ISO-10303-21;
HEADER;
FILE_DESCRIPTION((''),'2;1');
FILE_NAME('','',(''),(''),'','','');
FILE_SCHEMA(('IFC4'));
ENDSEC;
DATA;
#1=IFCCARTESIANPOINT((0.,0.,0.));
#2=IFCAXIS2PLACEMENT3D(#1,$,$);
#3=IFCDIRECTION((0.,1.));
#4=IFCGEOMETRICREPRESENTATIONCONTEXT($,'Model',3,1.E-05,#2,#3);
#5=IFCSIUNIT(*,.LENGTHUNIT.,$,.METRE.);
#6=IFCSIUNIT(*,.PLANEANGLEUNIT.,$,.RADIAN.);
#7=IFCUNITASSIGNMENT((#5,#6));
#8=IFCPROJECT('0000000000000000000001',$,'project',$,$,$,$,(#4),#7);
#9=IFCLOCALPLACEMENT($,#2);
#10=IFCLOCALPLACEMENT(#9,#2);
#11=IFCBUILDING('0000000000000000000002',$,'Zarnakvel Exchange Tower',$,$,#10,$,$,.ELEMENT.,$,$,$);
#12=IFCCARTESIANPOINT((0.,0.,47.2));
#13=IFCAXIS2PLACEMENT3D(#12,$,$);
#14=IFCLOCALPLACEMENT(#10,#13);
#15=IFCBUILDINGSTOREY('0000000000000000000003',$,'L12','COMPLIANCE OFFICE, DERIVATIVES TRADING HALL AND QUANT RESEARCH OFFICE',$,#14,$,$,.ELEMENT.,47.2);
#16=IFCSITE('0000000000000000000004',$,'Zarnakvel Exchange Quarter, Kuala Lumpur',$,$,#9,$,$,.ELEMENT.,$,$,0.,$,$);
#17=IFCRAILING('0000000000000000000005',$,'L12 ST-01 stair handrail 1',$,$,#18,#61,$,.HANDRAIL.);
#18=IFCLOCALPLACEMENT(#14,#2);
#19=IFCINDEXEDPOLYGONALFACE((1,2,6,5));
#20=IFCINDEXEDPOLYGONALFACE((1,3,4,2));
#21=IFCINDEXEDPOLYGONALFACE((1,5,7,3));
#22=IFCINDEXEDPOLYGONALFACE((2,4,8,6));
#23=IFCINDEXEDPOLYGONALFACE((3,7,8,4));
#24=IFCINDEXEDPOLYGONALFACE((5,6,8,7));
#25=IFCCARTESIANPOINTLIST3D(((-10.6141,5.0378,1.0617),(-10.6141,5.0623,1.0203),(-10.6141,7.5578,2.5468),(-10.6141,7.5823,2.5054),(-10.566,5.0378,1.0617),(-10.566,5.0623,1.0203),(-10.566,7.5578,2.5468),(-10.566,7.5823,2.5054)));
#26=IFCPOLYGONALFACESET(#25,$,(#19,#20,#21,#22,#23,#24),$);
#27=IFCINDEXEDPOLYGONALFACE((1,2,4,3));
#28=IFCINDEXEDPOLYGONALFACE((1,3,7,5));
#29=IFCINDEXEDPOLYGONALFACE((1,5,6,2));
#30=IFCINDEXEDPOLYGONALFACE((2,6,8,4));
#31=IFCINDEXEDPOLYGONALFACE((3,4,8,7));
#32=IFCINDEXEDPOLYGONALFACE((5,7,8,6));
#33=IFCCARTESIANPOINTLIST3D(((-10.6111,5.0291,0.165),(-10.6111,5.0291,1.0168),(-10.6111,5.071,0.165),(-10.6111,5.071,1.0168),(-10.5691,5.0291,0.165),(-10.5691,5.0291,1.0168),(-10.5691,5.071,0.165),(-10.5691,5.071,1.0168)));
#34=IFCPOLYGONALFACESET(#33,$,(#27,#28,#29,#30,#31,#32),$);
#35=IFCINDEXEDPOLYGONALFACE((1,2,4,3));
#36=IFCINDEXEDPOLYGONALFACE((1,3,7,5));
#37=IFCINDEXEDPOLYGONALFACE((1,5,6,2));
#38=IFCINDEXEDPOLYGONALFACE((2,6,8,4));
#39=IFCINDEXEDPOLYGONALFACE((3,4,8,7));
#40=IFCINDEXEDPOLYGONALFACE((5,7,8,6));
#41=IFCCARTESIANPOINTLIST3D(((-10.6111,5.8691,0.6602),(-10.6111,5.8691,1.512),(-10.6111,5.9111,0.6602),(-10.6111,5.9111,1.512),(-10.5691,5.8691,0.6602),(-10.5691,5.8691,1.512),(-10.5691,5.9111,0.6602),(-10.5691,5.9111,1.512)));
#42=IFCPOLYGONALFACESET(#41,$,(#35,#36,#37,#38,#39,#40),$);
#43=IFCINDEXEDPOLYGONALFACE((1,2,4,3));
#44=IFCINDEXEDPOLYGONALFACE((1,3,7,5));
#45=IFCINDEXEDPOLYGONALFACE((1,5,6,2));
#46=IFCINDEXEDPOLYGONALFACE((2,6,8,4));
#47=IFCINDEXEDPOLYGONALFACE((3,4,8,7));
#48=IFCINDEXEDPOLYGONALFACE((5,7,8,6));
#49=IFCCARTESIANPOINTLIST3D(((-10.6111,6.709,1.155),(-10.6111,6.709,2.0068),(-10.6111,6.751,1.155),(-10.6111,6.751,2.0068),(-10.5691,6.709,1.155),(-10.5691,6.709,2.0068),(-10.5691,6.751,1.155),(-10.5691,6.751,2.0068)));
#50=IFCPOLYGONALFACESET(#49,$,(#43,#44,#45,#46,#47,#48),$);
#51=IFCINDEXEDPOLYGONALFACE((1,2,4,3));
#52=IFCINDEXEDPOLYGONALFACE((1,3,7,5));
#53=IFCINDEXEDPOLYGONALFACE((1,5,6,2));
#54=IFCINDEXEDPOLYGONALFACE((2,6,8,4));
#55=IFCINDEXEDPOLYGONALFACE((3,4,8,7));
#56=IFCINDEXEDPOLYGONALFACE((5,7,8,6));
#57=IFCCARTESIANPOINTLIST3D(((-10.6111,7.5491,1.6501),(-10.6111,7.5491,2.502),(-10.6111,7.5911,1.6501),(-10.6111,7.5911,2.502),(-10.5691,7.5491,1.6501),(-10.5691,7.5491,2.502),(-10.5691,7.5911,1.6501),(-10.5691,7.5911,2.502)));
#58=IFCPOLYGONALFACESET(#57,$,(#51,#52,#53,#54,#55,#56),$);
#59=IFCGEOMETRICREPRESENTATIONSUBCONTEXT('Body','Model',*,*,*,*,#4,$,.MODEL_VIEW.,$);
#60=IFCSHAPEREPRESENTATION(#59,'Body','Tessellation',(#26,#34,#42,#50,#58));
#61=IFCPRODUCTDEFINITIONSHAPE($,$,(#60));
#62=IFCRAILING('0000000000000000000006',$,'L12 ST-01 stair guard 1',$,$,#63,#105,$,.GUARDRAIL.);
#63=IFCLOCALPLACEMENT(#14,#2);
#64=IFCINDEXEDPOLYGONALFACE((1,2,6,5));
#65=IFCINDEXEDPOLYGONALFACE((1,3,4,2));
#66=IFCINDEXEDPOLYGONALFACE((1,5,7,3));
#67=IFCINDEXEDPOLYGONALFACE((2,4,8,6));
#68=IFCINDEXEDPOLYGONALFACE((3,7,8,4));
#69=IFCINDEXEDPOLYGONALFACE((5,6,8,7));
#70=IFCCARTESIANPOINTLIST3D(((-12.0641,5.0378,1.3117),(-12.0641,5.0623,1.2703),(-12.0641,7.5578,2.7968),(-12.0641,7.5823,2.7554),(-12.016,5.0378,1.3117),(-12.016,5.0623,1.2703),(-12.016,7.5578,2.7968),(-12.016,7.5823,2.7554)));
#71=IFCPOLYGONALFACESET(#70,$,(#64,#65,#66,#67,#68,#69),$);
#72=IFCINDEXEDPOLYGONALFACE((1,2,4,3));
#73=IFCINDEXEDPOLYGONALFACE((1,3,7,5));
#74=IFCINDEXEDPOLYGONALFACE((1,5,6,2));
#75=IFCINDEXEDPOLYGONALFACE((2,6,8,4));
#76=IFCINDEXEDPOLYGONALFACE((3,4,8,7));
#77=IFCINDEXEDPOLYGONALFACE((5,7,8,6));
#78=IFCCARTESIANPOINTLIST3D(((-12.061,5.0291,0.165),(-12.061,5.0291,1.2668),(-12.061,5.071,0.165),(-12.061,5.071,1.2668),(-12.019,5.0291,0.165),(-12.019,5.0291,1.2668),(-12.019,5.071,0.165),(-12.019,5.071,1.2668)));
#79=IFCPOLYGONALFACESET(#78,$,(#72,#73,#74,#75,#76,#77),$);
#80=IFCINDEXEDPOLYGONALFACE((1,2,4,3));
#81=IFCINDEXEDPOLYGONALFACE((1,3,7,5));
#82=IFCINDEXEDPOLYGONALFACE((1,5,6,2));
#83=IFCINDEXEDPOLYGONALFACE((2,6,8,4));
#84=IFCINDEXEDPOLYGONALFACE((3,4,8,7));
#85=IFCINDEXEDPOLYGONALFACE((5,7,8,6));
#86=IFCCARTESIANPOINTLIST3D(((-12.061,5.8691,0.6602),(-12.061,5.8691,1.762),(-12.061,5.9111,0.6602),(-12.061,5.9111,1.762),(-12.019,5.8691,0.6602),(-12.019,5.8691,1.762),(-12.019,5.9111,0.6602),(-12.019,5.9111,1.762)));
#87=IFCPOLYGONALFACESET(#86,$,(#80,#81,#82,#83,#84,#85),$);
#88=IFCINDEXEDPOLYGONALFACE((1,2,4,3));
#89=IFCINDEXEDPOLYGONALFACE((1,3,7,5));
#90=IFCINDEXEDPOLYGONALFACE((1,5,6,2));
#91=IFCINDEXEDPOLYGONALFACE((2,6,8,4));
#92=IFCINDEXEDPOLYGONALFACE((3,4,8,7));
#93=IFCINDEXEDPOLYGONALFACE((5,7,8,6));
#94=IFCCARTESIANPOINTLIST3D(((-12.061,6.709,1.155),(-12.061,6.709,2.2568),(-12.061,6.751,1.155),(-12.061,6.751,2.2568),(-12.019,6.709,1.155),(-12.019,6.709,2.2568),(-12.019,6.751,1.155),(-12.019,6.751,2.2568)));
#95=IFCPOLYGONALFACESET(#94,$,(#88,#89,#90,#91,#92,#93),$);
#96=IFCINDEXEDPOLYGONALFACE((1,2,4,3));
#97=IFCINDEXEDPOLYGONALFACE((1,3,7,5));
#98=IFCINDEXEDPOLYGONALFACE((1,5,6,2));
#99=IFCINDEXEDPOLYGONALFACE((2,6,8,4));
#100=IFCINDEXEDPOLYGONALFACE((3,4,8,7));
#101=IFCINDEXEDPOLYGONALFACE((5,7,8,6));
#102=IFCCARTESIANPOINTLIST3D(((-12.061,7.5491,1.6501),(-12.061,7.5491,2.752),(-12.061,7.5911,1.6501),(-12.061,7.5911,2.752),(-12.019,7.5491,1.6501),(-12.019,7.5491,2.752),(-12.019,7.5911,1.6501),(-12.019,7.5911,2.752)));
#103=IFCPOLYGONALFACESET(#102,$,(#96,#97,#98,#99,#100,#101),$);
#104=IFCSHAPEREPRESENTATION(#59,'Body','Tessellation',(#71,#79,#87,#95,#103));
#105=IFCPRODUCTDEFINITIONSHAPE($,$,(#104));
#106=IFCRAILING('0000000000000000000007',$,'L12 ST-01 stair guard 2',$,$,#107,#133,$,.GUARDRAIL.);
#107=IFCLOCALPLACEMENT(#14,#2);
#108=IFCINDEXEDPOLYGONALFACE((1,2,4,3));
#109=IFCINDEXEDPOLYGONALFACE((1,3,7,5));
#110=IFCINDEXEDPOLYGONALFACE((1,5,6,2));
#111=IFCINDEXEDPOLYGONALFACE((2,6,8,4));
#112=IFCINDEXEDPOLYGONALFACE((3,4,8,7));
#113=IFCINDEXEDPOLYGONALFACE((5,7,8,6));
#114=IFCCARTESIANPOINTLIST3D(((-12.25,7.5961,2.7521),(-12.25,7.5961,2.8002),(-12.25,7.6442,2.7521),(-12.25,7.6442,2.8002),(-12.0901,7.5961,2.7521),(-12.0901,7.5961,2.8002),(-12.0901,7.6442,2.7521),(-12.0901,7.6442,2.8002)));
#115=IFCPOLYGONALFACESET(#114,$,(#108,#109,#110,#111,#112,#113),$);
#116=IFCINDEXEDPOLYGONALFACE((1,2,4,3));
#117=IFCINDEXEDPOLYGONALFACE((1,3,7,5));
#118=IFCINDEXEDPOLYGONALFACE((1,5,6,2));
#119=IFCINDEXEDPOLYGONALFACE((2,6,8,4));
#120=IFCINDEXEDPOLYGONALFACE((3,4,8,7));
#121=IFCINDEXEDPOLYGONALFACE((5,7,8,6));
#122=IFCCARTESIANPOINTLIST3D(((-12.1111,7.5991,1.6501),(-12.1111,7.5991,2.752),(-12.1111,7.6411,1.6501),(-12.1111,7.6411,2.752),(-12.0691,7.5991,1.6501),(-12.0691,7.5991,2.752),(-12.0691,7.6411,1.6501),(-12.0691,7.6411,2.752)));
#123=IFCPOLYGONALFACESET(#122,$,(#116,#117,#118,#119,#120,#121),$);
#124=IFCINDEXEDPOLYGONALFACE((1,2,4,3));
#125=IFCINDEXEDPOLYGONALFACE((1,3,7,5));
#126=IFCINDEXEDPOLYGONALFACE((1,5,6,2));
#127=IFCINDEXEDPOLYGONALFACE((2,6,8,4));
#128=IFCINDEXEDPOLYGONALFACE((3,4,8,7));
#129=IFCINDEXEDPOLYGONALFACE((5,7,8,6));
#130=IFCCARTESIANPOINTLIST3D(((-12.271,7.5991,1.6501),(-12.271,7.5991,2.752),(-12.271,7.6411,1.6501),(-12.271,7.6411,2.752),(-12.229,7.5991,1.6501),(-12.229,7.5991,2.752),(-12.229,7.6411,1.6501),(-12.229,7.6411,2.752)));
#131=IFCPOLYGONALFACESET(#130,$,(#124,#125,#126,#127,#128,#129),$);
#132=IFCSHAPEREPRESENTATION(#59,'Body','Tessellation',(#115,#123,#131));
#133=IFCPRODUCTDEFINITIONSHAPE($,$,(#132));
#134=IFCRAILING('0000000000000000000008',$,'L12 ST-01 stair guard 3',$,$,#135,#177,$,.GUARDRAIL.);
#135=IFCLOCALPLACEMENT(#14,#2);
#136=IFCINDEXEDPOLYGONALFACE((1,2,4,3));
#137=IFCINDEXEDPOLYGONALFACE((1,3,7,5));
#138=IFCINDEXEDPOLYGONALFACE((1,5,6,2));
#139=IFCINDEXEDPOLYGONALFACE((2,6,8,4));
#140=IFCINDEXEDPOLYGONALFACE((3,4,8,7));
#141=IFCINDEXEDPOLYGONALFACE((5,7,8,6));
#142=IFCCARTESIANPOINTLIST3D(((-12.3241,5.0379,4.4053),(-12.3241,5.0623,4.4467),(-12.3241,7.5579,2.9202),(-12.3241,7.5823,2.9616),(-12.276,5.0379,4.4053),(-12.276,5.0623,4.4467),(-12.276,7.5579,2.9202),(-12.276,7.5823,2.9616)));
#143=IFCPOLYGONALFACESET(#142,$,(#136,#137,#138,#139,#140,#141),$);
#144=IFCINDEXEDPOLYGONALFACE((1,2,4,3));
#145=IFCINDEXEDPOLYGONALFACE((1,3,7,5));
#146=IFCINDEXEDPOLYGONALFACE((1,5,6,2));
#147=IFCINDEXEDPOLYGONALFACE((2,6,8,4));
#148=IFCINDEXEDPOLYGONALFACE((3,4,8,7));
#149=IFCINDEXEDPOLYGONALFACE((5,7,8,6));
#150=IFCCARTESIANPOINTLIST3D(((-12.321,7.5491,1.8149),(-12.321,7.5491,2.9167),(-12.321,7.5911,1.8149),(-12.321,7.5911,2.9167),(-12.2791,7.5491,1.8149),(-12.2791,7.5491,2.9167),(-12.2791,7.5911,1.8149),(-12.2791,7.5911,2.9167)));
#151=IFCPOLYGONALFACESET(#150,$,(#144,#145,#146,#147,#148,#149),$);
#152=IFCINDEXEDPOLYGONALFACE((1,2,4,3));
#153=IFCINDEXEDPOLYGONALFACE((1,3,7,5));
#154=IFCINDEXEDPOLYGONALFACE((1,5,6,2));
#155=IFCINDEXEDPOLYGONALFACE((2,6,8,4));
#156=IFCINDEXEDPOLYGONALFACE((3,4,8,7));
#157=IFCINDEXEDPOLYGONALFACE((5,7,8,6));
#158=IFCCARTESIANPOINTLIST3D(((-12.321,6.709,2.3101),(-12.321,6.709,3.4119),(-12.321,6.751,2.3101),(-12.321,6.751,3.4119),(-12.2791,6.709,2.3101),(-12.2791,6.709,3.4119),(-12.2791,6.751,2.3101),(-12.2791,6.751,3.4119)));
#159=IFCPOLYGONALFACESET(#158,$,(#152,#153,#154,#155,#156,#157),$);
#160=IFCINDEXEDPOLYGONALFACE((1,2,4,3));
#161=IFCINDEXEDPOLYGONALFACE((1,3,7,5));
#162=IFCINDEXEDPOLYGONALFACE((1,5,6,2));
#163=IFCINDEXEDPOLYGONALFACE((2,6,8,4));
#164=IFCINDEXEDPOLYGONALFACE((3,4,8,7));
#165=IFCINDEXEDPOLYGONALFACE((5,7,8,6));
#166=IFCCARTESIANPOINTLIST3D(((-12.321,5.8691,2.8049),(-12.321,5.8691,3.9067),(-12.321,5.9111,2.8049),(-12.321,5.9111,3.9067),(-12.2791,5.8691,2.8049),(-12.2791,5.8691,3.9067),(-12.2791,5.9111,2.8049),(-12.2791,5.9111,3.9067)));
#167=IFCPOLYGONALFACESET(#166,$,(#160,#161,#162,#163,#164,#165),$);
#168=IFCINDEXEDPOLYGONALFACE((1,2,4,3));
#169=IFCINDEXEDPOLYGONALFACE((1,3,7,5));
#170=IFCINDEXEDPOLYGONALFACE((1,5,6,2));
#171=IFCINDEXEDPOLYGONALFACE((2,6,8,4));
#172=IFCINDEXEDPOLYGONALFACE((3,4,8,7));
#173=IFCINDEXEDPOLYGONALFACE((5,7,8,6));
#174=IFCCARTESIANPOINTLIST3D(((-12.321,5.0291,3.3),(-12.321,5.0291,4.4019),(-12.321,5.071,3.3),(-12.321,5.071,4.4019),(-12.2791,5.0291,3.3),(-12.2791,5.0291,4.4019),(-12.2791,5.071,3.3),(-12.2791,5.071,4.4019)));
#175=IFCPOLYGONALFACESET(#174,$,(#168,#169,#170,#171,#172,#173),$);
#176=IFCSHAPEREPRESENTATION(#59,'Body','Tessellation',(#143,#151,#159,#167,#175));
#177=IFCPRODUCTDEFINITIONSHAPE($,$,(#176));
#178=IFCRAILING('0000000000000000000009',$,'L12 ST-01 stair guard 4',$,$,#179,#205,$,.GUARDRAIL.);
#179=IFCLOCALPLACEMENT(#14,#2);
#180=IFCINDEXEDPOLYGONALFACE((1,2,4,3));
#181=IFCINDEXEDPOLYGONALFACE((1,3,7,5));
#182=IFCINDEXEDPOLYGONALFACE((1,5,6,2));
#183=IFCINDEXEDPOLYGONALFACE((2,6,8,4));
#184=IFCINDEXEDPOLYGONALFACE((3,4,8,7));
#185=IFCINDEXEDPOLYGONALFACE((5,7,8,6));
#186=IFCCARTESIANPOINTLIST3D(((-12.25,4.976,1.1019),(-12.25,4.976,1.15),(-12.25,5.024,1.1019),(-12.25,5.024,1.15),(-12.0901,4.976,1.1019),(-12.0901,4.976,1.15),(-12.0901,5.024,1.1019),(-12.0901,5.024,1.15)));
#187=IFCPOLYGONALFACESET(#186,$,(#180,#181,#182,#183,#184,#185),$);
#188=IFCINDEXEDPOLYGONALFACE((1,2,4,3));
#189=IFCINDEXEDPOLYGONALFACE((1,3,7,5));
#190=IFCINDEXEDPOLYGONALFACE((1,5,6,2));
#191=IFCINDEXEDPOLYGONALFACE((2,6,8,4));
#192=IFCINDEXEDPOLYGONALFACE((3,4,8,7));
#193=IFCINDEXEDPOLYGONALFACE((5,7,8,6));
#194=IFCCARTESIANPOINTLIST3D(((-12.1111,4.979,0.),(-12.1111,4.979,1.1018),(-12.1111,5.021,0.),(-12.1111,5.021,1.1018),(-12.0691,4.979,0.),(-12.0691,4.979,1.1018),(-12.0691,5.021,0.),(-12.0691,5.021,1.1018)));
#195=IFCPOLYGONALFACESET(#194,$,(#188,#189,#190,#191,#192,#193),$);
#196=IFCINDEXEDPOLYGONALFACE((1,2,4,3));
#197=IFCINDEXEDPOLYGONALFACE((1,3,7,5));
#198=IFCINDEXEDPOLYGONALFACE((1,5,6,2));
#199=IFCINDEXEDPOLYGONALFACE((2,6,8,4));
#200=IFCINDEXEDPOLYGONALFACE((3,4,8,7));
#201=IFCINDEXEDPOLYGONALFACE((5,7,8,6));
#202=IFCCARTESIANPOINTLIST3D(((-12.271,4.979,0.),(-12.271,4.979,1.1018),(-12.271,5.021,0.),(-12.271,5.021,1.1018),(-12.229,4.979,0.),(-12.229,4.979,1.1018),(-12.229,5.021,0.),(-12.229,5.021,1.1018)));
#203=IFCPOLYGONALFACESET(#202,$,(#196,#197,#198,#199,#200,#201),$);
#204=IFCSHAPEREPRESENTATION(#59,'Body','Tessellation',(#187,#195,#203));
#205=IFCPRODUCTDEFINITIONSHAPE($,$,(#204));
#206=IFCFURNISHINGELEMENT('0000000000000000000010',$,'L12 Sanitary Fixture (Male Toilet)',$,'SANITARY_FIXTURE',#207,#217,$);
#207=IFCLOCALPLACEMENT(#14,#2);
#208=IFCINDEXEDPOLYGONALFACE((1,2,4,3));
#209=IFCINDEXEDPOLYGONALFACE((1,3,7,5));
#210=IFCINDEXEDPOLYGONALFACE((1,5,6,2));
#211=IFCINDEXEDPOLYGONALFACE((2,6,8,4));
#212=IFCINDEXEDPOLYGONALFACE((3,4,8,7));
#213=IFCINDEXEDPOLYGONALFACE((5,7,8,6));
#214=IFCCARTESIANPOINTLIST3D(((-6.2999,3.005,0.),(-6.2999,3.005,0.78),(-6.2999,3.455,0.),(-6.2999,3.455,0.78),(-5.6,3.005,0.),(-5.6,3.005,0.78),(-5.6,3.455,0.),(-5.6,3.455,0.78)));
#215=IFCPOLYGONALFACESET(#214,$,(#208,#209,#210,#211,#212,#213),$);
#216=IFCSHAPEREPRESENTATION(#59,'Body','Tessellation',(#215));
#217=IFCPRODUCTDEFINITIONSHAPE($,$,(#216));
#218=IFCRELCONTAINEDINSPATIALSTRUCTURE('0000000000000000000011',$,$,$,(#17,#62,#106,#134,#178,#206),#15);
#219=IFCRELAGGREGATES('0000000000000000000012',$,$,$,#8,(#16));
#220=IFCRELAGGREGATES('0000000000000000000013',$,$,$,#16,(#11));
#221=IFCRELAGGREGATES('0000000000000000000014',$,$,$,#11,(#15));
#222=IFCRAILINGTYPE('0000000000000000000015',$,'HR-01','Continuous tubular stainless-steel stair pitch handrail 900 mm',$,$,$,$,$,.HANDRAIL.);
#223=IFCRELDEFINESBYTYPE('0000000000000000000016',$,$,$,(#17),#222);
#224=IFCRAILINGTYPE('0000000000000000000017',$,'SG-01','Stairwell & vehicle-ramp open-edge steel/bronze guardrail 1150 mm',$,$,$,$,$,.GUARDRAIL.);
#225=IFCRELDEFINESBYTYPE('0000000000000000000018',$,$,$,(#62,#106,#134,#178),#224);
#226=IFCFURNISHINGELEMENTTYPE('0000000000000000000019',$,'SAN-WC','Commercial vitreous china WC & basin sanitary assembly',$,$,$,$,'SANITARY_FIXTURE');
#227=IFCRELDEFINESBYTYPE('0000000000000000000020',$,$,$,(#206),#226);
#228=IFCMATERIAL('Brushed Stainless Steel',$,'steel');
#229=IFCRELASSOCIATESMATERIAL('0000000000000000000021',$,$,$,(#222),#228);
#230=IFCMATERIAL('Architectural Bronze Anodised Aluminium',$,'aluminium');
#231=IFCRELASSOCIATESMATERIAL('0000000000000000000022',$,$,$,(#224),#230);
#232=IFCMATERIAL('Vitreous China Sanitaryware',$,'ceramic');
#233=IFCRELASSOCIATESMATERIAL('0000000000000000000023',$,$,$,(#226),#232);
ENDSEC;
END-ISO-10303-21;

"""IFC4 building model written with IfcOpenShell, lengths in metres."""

from ifc_helpers import new_model, si_unit, direction, frame, origin, origin_2d, place, context, subcontext, project, spatial, rectangle, extrude, source, transform, mapped, material, type_object, element, save


model = new_model("IFC4")

# Units and contexts
model_context = context("Model", 3, precision=1e-05, world=origin(), true_north=direction((0.0, 1.0)))
body_context = subcontext(model_context, "Body", "Model", "MODEL_VIEW")
ifc_project = project(units=[si_unit("LENGTHUNIT", "METRE"), si_unit("PLANEANGLEUNIT", "RADIAN")], contexts=[model_context])

# Site, building, storey
site_placement = place(None, origin())
site = spatial("IfcSite", under=ifc_project, at=site_placement, Name="Zarnakvel Exchange Quarter, Kuala Lumpur", CompositionType="ELEMENT", RefElevation=0.0)
building_placement = place(site_placement, origin())
building = spatial("IfcBuilding", under=site, at=building_placement, Name="Zarnakvel Exchange Tower", CompositionType="ELEMENT")
storey_placement = place(building_placement, frame((0.0, 0.0, 47.2)))
storey = spatial("IfcBuildingStorey", under=building, at=storey_placement, Name="L12", Description="COMPLIANCE OFFICE, DERIVATIVES TRADING HALL AND QUANT RESEARCH OFFICE", CompositionType="ELEMENT", Elevation=47.2)

# Shared definitions
ifc_material_1 = material(Name="Brushed Stainless Steel", Category="steel")

# Railings
railing_type_1 = type_object("IfcRailingType", Name="HR-01", Description="Continuous tubular stainless-steel stair pitch handrail 900 mm", PredefinedType="HANDRAIL", material=ifc_material_1)
railing_1_placement = place(storey_placement, frame((-10.5901, 5.05, 0.165)))
element("IfcRailing", 1, at=railing_1_placement, inside=storey, type_object=railing_type_1, Name="L12 ST-01 stair handrail 1", PredefinedType="HANDRAIL", context=body_context, shape_type="SweptSolid", body=[
    extrude(rectangle(XDim=0.0481, YDim=0.0481, at=origin_2d()), frame((0.0, 0.0, 0.876), z_axis=(0.0, 0.861524, 0.507717), x_axis=(-1.0, 0.0, 0.0)), (0.0, 0.0, 1.0), 2.925),
    extrude(rectangle(XDim=0.042, YDim=0.042, at=origin_2d()), origin(), (0.0, 0.0, 1.0), 0.8518),
    extrude(rectangle(XDim=0.042, YDim=0.042, at=origin_2d()), frame((0.0, 0.8401, 0.4951)), (0.0, 0.0, 1.0), 0.8518),
    extrude(rectangle(XDim=0.042, YDim=0.042, at=origin_2d()), frame((0.0, 1.6799, 0.99)), (0.0, 0.0, 1.0), 0.8518),
    extrude(rectangle(XDim=0.042, YDim=0.042, at=origin_2d()), frame((0.0, 2.52, 1.4851)), (0.0, 0.0, 1.0), 0.8518),
])
ifc_material_2 = material(Name="Architectural Bronze Anodised Aluminium", Category="aluminium")
railing_type_2 = type_object("IfcRailingType", Name="SG-01", Description="Stairwell & vehicle-ramp open-edge steel/bronze guardrail 1150 mm", PredefinedType="GUARDRAIL", material=ifc_material_2)
railing_2_placement = place(storey_placement, frame((-12.04, 5.05, 0.165)))
element("IfcRailing", 2, at=railing_2_placement, inside=storey, type_object=railing_type_2, Name="L12 ST-01 stair guard 1", PredefinedType="GUARDRAIL", context=body_context, shape_type="SweptSolid", body=[
    extrude(rectangle(XDim=0.0481, YDim=0.0481, at=origin_2d()), frame((0.0, 0.0, 1.126), z_axis=(0.0, 0.861524, 0.507717), x_axis=(-1.0, 0.0, 0.0)), (0.0, 0.0, 1.0), 2.925),
    extrude(rectangle(XDim=0.042, YDim=0.042, at=origin_2d()), origin(), (0.0, 0.0, 1.0), 1.1018),
    extrude(rectangle(XDim=0.042, YDim=0.042, at=origin_2d()), frame((0.0, 0.8401, 0.4951)), (0.0, 0.0, 1.0), 1.1018),
    extrude(rectangle(XDim=0.042, YDim=0.042, at=origin_2d()), frame((0.0, 1.6799, 0.99)), (0.0, 0.0, 1.0), 1.1018),
    extrude(rectangle(XDim=0.042, YDim=0.042, at=origin_2d()), frame((0.0, 2.52, 1.4851)), (0.0, 0.0, 1.0), 1.1018),
])
railing_3_placement = place(storey_placement, frame((-12.0901, 7.6201, 1.6501)))
element("IfcRailing", 3, at=railing_3_placement, inside=storey, type_object=railing_type_2, Name="L12 ST-01 stair guard 2", PredefinedType="GUARDRAIL", context=body_context, shape_type="SweptSolid", body=[
    extrude(rectangle(XDim=0.0481, YDim=0.0481, at=origin_2d()), frame((0.0, 0.0, 1.126), z_axis=(-1.0, 0.0, 0.0), x_axis=(0.0, -1.0, 0.0)), (0.0, 0.0, 1.0), 0.1599),
    extrude(rectangle(XDim=0.042, YDim=0.042, at=origin_2d()), origin(), (0.0, 0.0, 1.0), 1.1018),
    extrude(rectangle(XDim=0.042, YDim=0.042, at=origin_2d()), frame((-0.1599, 0.0, 0.0)), (0.0, 0.0, 1.0), 1.1018),
])
railing_4_placement = place(storey_placement, frame((-12.3, 7.5701, 1.8149)))
element("IfcRailing", 4, at=railing_4_placement, inside=storey, type_object=railing_type_2, Name="L12 ST-01 stair guard 3", PredefinedType="GUARDRAIL", context=body_context, shape_type="SweptSolid", body=[
    extrude(rectangle(XDim=0.0481, YDim=0.0481, at=origin_2d()), frame((0.0, 0.0, 1.126), z_axis=(0.0, -0.861524, 0.507717), x_axis=(1.0, 0.0, 0.0)), (0.0, 0.0, 1.0), 2.925),
    extrude(rectangle(XDim=0.042, YDim=0.042, at=origin_2d()), origin(), (0.0, 0.0, 1.0), 1.1018),
    extrude(rectangle(XDim=0.042, YDim=0.042, at=origin_2d()), frame((0.0, -0.8401, 0.4951)), (0.0, 0.0, 1.0), 1.1018),
    extrude(rectangle(XDim=0.042, YDim=0.042, at=origin_2d()), frame((0.0, -1.6799, 0.99)), (0.0, 0.0, 1.0), 1.1018),
    extrude(rectangle(XDim=0.042, YDim=0.042, at=origin_2d()), frame((0.0, -2.52, 1.4851)), (0.0, 0.0, 1.0), 1.1018),
])
railing_5_placement = place(storey_placement, frame((-12.0901, 5.0, 0.0)))
element("IfcRailing", 5, at=railing_5_placement, inside=storey, type_object=railing_type_2, Name="L12 ST-01 stair guard 4", PredefinedType="GUARDRAIL", context=body_context, shape_type="SweptSolid", body=[
    extrude(rectangle(XDim=0.0481, YDim=0.0481, at=origin_2d()), frame((0.0, 0.0, 1.126), z_axis=(-1.0, 0.0, 0.0), x_axis=(0.0, -1.0, 0.0)), (0.0, 0.0, 1.0), 0.1599),
    extrude(rectangle(XDim=0.042, YDim=0.042, at=origin_2d()), origin(), (0.0, 0.0, 1.0), 1.1018),
    extrude(rectangle(XDim=0.042, YDim=0.042, at=origin_2d()), frame((-0.1599, 0.0, 0.0)), (0.0, 0.0, 1.0), 1.1018),
])

# Furnishing element
ifc_material_3 = material(Name="Vitreous China Sanitaryware", Category="ceramic")
furnishing_element_type = type_object("IfcFurnishingElementType", Name="SAN-WC", Description="Commercial vitreous china WC & basin sanitary assembly", ElementType="SANITARY_FIXTURE", material=ifc_material_3)
shared_shape_1 = source(origin(), body_context, "Body", "SweptSolid", [
    extrude(rectangle(XDim=0.7, YDim=0.45, at=origin_2d()), origin(), (0.0, 0.0, 1.0), 0.78),
])
for number, where, z_axis, x_axis, name in (
    (6, (-5.95, 3.23, 0.0), (0.0, 0.0, 1.0), (1.0, 0.0, 0.0), "L12 Sanitary Fixture (Male Toilet)"),
):
    element("IfcFurnishingElement", number, at=place(storey_placement, frame(where, z_axis=z_axis, x_axis=x_axis)), inside=storey, type_object=furnishing_element_type, Name=name, ObjectType="SANITARY_FIXTURE", context=body_context, shape_type="MappedRepresentation", body=[
        mapped(shared_shape_1, transform((0.0, 0.0, 0.0), x_axis=(1.0, 0.0, 0.0), y_axis=(0.0, 1.0, 0.0), z_axis=(0.0, 0.0, 1.0), scale=1.0)),
    ])

save(model, "model.ifc")
